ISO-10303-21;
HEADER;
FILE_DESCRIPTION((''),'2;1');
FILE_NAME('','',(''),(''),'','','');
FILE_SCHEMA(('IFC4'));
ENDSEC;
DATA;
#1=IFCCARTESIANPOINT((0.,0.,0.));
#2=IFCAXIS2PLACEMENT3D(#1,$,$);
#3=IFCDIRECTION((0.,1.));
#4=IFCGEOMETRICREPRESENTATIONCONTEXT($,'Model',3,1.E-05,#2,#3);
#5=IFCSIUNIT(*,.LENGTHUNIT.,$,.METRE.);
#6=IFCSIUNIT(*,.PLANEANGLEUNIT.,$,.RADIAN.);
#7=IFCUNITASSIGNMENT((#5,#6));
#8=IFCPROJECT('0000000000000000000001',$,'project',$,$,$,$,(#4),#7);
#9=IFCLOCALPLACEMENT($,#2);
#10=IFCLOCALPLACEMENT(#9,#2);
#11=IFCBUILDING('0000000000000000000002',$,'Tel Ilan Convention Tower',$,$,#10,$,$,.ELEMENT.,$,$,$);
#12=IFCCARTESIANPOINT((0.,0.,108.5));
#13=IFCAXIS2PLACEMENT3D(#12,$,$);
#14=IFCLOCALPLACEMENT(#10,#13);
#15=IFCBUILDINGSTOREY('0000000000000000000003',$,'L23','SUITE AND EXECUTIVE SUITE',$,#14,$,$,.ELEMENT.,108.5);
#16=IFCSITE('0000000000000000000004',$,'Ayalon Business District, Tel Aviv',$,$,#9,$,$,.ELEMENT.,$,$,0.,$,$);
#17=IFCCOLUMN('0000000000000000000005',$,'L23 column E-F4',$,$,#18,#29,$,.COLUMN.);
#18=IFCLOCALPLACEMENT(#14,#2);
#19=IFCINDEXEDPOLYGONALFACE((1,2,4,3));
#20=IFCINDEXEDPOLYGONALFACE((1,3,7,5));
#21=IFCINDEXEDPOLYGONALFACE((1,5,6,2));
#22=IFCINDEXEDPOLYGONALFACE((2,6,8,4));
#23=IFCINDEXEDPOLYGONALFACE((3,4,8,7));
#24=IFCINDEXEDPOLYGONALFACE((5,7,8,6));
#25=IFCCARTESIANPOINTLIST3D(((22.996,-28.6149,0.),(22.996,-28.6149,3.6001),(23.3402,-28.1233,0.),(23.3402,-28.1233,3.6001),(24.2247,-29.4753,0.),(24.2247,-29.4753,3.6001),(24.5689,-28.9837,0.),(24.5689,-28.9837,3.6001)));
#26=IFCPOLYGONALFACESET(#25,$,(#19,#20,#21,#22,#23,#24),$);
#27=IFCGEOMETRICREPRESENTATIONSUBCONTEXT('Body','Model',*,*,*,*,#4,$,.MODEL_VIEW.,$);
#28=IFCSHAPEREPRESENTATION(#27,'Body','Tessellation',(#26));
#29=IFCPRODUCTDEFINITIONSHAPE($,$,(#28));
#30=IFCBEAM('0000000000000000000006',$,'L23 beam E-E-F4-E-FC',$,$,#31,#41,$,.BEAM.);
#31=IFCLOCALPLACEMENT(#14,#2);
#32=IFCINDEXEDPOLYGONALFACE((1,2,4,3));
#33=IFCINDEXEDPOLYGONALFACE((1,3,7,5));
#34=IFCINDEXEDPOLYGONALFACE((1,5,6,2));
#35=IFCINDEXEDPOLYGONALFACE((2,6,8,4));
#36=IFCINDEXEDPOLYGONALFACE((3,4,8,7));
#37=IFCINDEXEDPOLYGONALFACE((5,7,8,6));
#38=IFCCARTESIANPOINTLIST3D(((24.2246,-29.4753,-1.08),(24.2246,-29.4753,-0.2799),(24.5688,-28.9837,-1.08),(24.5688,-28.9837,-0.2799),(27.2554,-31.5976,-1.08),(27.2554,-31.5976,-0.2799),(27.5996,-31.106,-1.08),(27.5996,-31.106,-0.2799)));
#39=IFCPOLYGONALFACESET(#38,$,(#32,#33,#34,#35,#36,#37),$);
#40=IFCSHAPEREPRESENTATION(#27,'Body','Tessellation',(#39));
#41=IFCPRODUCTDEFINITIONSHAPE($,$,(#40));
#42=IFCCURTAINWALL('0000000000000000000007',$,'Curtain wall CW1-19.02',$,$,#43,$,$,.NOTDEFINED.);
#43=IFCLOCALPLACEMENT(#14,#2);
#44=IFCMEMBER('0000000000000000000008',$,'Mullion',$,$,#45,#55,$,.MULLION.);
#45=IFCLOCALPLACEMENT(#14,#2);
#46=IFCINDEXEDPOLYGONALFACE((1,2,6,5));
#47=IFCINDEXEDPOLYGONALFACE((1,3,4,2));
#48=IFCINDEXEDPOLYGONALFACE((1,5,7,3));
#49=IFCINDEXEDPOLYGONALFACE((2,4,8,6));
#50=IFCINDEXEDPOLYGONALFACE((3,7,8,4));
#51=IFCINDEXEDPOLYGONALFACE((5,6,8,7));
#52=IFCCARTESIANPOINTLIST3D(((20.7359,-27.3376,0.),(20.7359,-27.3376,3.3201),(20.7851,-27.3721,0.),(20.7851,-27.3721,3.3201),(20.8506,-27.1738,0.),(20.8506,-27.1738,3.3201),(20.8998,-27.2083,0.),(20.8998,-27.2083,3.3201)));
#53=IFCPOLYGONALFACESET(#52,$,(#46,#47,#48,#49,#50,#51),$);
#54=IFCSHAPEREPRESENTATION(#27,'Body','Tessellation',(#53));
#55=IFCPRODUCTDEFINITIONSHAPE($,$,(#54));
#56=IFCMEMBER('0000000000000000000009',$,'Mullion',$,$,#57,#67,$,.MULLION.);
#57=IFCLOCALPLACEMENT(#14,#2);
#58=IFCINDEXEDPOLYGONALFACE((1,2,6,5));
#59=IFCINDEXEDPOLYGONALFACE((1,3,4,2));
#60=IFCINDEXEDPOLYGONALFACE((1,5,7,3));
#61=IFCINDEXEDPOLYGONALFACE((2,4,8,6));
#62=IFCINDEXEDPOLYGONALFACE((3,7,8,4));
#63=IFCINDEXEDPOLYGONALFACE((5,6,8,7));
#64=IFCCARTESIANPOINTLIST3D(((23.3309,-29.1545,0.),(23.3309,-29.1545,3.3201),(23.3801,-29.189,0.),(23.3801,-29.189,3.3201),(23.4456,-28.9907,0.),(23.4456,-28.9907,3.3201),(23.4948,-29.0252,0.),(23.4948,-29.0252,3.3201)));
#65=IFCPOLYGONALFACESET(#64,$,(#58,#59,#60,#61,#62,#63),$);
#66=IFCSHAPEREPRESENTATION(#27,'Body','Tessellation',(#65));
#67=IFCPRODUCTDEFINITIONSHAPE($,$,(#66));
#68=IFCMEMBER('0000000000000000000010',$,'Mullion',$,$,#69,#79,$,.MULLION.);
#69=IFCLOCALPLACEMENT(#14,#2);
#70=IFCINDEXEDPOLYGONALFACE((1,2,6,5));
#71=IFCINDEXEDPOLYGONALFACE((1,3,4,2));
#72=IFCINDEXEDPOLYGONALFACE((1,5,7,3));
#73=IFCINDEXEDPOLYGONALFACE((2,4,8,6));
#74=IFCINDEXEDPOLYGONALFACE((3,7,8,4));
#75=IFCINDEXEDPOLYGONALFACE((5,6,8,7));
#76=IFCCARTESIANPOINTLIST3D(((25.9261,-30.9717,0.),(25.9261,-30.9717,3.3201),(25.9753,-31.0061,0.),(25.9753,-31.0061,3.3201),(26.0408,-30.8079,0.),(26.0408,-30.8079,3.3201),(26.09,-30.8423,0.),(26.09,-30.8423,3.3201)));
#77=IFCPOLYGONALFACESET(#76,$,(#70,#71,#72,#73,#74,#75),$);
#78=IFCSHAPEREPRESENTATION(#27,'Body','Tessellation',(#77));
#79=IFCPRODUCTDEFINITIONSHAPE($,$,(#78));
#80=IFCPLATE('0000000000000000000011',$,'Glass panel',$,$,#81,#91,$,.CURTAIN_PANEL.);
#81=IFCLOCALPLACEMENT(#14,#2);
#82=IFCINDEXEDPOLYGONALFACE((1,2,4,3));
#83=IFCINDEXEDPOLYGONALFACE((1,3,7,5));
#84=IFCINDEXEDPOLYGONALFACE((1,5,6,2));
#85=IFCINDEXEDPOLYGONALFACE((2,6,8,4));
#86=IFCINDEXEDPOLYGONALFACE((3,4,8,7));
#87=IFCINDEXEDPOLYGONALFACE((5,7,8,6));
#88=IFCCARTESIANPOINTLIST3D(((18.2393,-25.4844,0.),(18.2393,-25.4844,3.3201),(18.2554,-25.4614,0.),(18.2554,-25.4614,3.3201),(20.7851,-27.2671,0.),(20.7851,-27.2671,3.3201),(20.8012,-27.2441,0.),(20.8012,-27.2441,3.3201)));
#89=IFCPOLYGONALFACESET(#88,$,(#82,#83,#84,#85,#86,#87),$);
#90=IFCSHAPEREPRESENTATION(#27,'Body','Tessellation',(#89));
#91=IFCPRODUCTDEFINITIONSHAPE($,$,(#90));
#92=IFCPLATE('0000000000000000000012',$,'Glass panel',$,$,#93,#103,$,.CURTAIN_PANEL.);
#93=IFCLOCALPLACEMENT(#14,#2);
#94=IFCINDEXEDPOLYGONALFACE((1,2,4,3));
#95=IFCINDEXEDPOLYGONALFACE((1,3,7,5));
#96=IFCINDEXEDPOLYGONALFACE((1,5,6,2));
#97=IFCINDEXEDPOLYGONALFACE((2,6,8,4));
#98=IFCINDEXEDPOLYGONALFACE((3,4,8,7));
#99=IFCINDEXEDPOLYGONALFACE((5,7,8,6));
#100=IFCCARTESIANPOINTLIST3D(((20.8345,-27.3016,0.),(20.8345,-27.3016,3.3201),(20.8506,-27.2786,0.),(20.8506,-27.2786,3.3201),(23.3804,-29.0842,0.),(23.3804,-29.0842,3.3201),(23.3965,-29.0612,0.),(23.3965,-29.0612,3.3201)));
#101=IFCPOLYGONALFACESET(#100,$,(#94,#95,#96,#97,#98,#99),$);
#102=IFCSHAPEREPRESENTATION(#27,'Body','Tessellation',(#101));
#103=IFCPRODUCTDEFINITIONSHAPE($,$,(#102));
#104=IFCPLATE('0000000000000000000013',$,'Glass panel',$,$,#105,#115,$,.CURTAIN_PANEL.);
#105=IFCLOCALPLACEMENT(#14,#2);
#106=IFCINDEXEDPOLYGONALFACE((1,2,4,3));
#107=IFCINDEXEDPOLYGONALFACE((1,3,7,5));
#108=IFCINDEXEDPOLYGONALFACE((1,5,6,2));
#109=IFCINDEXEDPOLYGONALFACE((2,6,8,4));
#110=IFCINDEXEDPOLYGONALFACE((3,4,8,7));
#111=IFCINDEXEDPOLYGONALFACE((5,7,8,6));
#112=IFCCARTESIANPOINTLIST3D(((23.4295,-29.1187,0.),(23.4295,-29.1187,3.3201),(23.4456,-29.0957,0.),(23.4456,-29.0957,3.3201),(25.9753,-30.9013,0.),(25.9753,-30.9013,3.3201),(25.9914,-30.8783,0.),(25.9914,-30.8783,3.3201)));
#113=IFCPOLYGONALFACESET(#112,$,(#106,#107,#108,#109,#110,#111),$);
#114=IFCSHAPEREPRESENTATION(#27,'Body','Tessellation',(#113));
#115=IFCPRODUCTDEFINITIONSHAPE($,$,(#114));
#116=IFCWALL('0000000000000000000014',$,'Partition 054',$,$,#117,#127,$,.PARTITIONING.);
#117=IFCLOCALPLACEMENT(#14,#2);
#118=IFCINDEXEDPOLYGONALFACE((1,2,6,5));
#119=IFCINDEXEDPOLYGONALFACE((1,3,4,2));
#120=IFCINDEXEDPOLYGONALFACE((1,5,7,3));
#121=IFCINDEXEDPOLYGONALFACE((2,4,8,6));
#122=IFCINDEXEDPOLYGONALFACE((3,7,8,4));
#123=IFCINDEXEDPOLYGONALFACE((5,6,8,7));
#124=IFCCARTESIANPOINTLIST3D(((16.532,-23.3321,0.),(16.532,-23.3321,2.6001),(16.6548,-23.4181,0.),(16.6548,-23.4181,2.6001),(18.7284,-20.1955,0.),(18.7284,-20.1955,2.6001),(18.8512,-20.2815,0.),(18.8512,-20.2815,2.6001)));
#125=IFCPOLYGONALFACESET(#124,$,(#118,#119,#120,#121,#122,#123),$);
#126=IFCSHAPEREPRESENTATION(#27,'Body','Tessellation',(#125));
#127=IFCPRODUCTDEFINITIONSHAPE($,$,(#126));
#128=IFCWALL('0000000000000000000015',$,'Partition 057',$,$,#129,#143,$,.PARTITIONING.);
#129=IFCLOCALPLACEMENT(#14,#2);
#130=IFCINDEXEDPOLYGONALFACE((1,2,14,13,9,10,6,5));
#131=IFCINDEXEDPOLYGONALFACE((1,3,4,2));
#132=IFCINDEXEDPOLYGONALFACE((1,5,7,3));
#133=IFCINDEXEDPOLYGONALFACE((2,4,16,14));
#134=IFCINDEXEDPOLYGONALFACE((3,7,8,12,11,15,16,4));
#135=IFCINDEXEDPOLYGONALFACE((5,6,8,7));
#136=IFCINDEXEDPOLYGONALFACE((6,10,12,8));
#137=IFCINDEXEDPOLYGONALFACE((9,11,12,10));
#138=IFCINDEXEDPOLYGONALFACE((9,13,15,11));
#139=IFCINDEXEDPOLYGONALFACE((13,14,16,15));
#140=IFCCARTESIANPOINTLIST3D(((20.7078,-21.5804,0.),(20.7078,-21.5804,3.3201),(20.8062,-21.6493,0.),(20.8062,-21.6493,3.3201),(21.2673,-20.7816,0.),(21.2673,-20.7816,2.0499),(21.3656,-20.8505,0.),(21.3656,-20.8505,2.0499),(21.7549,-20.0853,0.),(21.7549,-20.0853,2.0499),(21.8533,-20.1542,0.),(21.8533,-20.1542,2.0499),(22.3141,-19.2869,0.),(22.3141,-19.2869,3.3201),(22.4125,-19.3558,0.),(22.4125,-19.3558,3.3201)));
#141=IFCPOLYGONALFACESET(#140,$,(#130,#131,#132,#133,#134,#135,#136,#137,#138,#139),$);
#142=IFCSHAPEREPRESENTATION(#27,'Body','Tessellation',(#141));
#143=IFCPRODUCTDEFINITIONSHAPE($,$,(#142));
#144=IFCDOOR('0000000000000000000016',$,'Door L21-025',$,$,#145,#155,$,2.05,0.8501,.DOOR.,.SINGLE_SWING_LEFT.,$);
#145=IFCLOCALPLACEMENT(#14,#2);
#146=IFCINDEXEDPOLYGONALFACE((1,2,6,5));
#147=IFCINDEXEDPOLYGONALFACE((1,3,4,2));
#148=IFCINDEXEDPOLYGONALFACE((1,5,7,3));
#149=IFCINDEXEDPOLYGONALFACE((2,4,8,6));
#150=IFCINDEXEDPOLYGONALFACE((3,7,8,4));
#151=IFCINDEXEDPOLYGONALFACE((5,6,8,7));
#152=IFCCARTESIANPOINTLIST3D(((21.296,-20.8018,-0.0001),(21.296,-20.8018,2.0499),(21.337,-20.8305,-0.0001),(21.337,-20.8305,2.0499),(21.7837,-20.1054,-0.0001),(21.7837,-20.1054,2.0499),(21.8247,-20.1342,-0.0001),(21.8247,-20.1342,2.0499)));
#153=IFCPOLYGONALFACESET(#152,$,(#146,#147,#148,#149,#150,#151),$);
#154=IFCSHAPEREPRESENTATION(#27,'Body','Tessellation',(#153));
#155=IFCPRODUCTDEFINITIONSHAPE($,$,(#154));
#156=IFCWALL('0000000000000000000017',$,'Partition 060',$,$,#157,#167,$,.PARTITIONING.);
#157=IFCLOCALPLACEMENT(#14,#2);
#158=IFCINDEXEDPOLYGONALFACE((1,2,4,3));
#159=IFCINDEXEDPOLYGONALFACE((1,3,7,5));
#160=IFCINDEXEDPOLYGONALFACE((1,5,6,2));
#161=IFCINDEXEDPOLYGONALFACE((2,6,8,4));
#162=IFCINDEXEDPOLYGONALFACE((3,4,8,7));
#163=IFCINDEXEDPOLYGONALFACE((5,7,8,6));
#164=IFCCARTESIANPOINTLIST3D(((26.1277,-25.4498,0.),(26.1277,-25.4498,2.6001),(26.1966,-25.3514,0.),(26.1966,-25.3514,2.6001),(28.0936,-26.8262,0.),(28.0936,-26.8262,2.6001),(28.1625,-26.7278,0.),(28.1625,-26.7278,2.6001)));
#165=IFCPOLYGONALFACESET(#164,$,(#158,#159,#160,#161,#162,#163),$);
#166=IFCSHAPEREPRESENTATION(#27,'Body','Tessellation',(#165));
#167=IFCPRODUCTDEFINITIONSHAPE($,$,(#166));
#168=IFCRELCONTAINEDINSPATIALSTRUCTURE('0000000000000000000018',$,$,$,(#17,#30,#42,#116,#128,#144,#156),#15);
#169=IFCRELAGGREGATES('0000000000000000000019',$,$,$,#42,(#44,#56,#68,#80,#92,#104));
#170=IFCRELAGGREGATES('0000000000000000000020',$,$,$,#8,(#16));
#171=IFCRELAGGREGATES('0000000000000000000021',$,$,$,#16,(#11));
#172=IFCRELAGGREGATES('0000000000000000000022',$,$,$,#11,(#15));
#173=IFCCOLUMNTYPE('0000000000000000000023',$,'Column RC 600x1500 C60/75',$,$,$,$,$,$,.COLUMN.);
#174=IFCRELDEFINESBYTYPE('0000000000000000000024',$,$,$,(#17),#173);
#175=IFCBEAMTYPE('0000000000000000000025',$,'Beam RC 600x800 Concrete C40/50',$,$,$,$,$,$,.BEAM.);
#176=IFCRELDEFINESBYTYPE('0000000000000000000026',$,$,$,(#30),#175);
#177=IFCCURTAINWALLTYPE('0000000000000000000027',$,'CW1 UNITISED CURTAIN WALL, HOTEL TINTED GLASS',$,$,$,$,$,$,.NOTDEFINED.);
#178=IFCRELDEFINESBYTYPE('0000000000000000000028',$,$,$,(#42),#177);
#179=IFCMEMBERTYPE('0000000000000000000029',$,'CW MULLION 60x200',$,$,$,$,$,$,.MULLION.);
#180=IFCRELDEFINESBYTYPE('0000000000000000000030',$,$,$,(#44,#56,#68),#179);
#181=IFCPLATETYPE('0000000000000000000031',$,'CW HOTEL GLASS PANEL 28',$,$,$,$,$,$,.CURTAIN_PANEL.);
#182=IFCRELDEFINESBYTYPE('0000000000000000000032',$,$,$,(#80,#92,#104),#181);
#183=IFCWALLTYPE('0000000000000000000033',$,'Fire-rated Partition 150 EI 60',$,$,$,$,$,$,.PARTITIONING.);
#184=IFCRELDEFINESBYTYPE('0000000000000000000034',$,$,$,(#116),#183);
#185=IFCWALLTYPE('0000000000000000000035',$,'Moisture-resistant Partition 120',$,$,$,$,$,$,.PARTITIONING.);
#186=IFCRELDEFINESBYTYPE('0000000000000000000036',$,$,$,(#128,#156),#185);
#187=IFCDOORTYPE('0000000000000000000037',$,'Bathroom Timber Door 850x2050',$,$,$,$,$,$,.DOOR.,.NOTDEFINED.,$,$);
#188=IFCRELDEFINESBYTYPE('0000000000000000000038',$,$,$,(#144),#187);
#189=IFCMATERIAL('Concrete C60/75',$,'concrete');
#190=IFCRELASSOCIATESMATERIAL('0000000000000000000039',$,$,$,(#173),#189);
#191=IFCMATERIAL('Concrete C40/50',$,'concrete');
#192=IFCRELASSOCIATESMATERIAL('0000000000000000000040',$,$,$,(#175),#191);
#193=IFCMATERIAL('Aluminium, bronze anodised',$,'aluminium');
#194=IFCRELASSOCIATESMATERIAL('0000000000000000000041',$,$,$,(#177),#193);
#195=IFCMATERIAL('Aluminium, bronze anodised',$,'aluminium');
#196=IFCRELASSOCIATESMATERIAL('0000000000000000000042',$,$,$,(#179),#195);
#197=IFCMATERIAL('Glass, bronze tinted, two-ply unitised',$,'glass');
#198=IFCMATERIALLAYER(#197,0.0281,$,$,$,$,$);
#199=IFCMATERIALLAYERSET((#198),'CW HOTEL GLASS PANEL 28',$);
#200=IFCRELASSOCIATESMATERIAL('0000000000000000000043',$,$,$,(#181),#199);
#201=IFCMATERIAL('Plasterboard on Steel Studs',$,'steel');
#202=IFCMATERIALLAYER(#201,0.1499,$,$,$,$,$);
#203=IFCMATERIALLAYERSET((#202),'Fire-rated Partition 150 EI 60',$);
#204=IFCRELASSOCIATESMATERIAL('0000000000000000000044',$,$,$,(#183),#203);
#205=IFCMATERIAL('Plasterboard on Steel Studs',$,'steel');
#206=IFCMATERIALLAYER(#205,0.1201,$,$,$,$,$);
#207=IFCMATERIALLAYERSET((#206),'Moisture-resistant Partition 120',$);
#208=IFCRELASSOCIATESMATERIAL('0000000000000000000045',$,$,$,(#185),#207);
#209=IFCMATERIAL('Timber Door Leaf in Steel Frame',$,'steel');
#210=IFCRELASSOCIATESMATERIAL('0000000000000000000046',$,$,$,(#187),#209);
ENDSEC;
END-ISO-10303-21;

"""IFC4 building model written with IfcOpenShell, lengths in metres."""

from ifc_helpers import new_model, si_unit, direction, frame, frame_2d, origin, origin_2d, place, context, subcontext, project, spatial, rectangle, extrude, material, layer, layer_set, material_profile, profile_set, type_object, element, fill, aggregate, save


model = new_model("IFC4")

# Units and contexts
model_context = context("Model", 3, precision=1e-05, world=origin(), true_north=direction((0.0, 1.0)))
body_context = subcontext(model_context, "Body", "Model", "MODEL_VIEW")
ifc_project = project(units=[si_unit("LENGTHUNIT", "METRE"), si_unit("PLANEANGLEUNIT", "RADIAN")], contexts=[model_context])

# Site, building, storey
site_placement = place(None, origin())
site = spatial("IfcSite", under=ifc_project, at=site_placement, Name="Ayalon Business District, Tel Aviv", CompositionType="ELEMENT", RefElevation=0.0)
building_placement = place(site_placement, origin())
building = spatial("IfcBuilding", under=site, at=building_placement, Name="Tel Ilan Convention Tower", CompositionType="ELEMENT")
storey_placement = place(building_placement, frame((0.0, 0.0, 108.5)))
storey = spatial("IfcBuildingStorey", under=building, at=storey_placement, Name="L23", Description="SUITE AND EXECUTIVE SUITE", CompositionType="ELEMENT", Elevation=108.5)

# Column
ifc_material_1 = material(Name="Concrete C60/75", Category="concrete")
ifc_material_profile_1 = material_profile(ifc_material_1, rectangle(XDim=1.5, YDim=0.6001, at=origin_2d()), Name="RC 600x1500")
ifc_profile_set_1 = profile_set([ifc_material_profile_1], Name="Concrete C60/75")
column_type = type_object("IfcColumnType", Name="Column RC 600x1500 C60/75", PredefinedType="COLUMN", material=ifc_profile_set_1)
column_placement = place(storey_placement, frame((23.7825, -28.7993, 0.0), z_axis=(0.0, 0.0, 1.0), x_axis=(0.819152, -0.573576, 0.0)))
element("IfcColumn", 1, at=column_placement, inside=storey, type_object=column_type, Name="L23 column E-F4", PredefinedType="COLUMN", context=body_context, shape_type="SweptSolid", body=[
    extrude(rectangle(XDim=1.5, YDim=0.6001, at=origin_2d()), origin(), (0.0, 0.0, 1.0), 3.6001),
])

# Beam
ifc_material_2 = material(Name="Concrete C40/50", Category="concrete")
ifc_material_profile_2 = material_profile(ifc_material_2, rectangle(XDim=0.6001, YDim=0.8, at=origin_2d()), Name="RC 600x800")
ifc_profile_set_2 = profile_set([ifc_material_profile_2], Name="Concrete C40/50")
beam_type = type_object("IfcBeamType", Name="Beam RC 600x800 Concrete C40/50", PredefinedType="BEAM", material=ifc_profile_set_2)
beam_placement = place(storey_placement, frame((24.3967, -29.2295, -0.6799), z_axis=(0.819133, -0.573604, 0.0), x_axis=(0.573604, 0.819133, 0.0)))
element("IfcBeam", 2, at=beam_placement, inside=storey, type_object=beam_type, Name="L23 beam E-E-F4-E-FC", PredefinedType="BEAM", context=body_context, shape_type="SweptSolid", body=[
    extrude(rectangle(XDim=0.6001, YDim=0.8, at=origin_2d()), origin(), (0.0, 0.0, 1.0), 3.7),
])

# Curtain wall, members, plates
ifc_material_3 = material(Name="Aluminium, bronze anodised", Category="aluminium")
curtain_wall_type = type_object("IfcCurtainWallType", Name="CW1 UNITISED CURTAIN WALL, HOTEL TINTED GLASS", PredefinedType="NOTDEFINED", material=ifc_material_3)
curtain_wall_placement = place(storey_placement, origin())
curtain_wall = element("IfcCurtainWall", 3, at=curtain_wall_placement, inside=storey, type_object=curtain_wall_type, Name="Curtain wall CW1-19.02", PredefinedType="NOTDEFINED")
ifc_material_4 = material(Name="Aluminium, bronze anodised", Category="aluminium")
ifc_material_profile_3 = material_profile(ifc_material_4, rectangle(XDim=0.0601, YDim=0.2, at=origin_2d()), Name="CW MULLION 60x200")
ifc_profile_set_3 = profile_set([ifc_material_profile_3], Name="Aluminium, bronze anodised")
member_type = type_object("IfcMemberType", Name="CW MULLION 60x200", PredefinedType="MULLION", material=ifc_profile_set_3)
member_1_placement = place(storey_placement, frame((20.8179, -27.2729, 0.0), z_axis=(0.0, 0.0, 1.0), x_axis=(0.819152, -0.573576, 0.0)))
member_1 = element("IfcMember", 4, at=member_1_placement, type_object=member_type, Name="Mullion", PredefinedType="MULLION", context=body_context, shape_type="SweptSolid", body=[
    extrude(rectangle(XDim=0.0601, YDim=0.2, at=origin_2d()), origin(), (0.0, 0.0, 1.0), 3.3201),
])
member_2_placement = place(storey_placement, frame((23.4128, -29.0898, 0.0), z_axis=(0.0, 0.0, 1.0), x_axis=(0.819152, -0.573576, 0.0)))
member_2 = element("IfcMember", 5, at=member_2_placement, type_object=member_type, Name="Mullion", PredefinedType="MULLION", context=body_context, shape_type="SweptSolid", body=[
    extrude(rectangle(XDim=0.0601, YDim=0.2, at=origin_2d()), origin(), (0.0, 0.0, 1.0), 3.3201),
])
member_3_placement = place(storey_placement, frame((26.0081, -30.907, 0.0), z_axis=(0.0, 0.0, 1.0), x_axis=(0.819152, -0.573576, 0.0)))
member_3 = element("IfcMember", 6, at=member_3_placement, type_object=member_type, Name="Mullion", PredefinedType="MULLION", context=body_context, shape_type="SweptSolid", body=[
    extrude(rectangle(XDim=0.0601, YDim=0.2, at=origin_2d()), origin(), (0.0, 0.0, 1.0), 3.3201),
])
ifc_material_5 = material(Name="Glass, bronze tinted, two-ply unitised", Category="glass")
ifc_layer_1 = layer(ifc_material_5, 0.0281)
ifc_layer_set_1 = layer_set([ifc_layer_1], Name="CW HOTEL GLASS PANEL 28")
plate_type = type_object("IfcPlateType", Name="CW HOTEL GLASS PANEL 28", PredefinedType="CURTAIN_PANEL", material=ifc_layer_set_1)
plate_1_placement = place(storey_placement, frame((19.5203, -26.3643, 0.0), z_axis=(0.0, 0.0, 1.0), x_axis=(0.819152, -0.573576, 0.0)))
plate_1 = element("IfcPlate", 7, at=plate_1_placement, type_object=plate_type, Name="Glass panel", PredefinedType="CURTAIN_PANEL", context=body_context, shape_type="SweptSolid", body=[
    extrude(rectangle(XDim=3.1079, YDim=0.0281, at=origin_2d()), origin(), (0.0, 0.0, 1.0), 3.3201),
])
plate_2_placement = place(storey_placement, frame((22.1155, -28.1814, 0.0), z_axis=(0.0, 0.0, 1.0), x_axis=(0.819152, -0.573576, 0.0)))
plate_2 = element("IfcPlate", 8, at=plate_2_placement, type_object=plate_type, Name="Glass panel", PredefinedType="CURTAIN_PANEL", context=body_context, shape_type="SweptSolid", body=[
    extrude(rectangle(XDim=3.1079, YDim=0.0281, at=origin_2d()), origin(), (0.0, 0.0, 1.0), 3.3201),
])
plate_3_placement = place(storey_placement, frame((24.7104, -29.9985, 0.0), z_axis=(0.0, 0.0, 1.0), x_axis=(0.819152, -0.573576, 0.0)))
plate_3 = element("IfcPlate", 9, at=plate_3_placement, type_object=plate_type, Name="Glass panel", PredefinedType="CURTAIN_PANEL", context=body_context, shape_type="SweptSolid", body=[
    extrude(rectangle(XDim=3.1079, YDim=0.0281, at=origin_2d()), origin(), (0.0, 0.0, 1.0), 3.3201),
])
aggregate(curtain_wall, [member_1, member_2, member_3, plate_1, plate_2, plate_3])

# Wall
ifc_material_6 = material(Name="Plasterboard on Steel Studs", Category="steel")
ifc_layer_2 = layer(ifc_material_6, 0.1499)
ifc_layer_set_2 = layer_set([ifc_layer_2], Name="Fire-rated Partition 150 EI 60")
wall_type_1 = type_object("IfcWallType", Name="Fire-rated Partition 150 EI 60", PredefinedType="PARTITIONING", material=ifc_layer_set_2)
wall_1_placement = place(storey_placement, frame((18.7898, -20.2385, 0.0), z_axis=(0.0, 0.0, 1.0), x_axis=(-0.573595, -0.819139, 0.0)))
element("IfcWall", 10, at=wall_1_placement, inside=storey, type_object=wall_type_1, Name="Partition 054", PredefinedType="PARTITIONING", context=body_context, shape_type="SweptSolid", body=[
    extrude(rectangle(XDim=3.8291, YDim=0.1499, at=frame_2d((1.9146, 0.0))), origin(), (0.0, 0.0, 1.0), 2.6001),
])

# Wall, opening, door
ifc_material_7 = material(Name="Plasterboard on Steel Studs", Category="steel")
ifc_layer_3 = layer(ifc_material_7, 0.1201)
ifc_layer_set_3 = layer_set([ifc_layer_3], Name="Moisture-resistant Partition 120")
wall_type_2 = type_object("IfcWallType", Name="Moisture-resistant Partition 120", PredefinedType="PARTITIONING", material=ifc_layer_set_3)
wall_2_placement = place(storey_placement, frame((20.7571, -21.6147, 0.0), z_axis=(0.0, 0.0, 1.0), x_axis=(0.57365, 0.819101, 0.0)))
wall_2 = element("IfcWall", 11, at=wall_2_placement, inside=storey, type_object=wall_type_2, Name="Partition 057", PredefinedType="PARTITIONING", context=body_context, shape_type="SweptSolid", body=[
    extrude(rectangle(XDim=2.8, YDim=0.1201, at=frame_2d((1.3999, 0.0))), origin(), (0.0, 0.0, 1.0), 3.3201),
])
opening_placement = place(wall_2_placement, frame((0.9751, 0.0, 0.0)))
opening = element("IfcOpeningElement", 12, at=opening_placement, cuts=wall_2, PredefinedType="OPENING", context=body_context, shape_type="SweptSolid", body=[
    extrude(rectangle(XDim=0.8501, YDim=2.05, at=frame_2d((0.425, 1.0249))), frame((0.0, 0.0701, 0.0), z_axis=(0.0, -1.0, 0.0), x_axis=(1.0, 0.0, 0.0)), (0.0, 0.0, 1.0), 0.1401),
])
ifc_material_8 = material(Name="Timber Door Leaf in Steel Frame", Category="steel")
door_type = type_object("IfcDoorType", Name="Bathroom Timber Door 850x2050", OperationType="NOTDEFINED", PredefinedType="DOOR", material=ifc_material_8)
door_placement = place(opening_placement, origin())
door = element("IfcDoor", 13, at=door_placement, inside=storey, type_object=door_type, Name="Door L21-025", OperationType="SINGLE_SWING_LEFT", OverallHeight=2.05, OverallWidth=0.8501, PredefinedType="DOOR", context=body_context, shape_type="SweptSolid", body=[
    extrude(rectangle(XDim=0.8501, YDim=2.05, at=frame_2d((0.425, 1.0249))), frame((0.0, 0.0249, 0.0), z_axis=(0.0, -1.0, 0.0), x_axis=(1.0, 0.0, 0.0)), (0.0, 0.0, 1.0), 0.05),
])
fill(opening, door)

# Wall
wall_3_placement = place(storey_placement, frame((26.1621, -25.4006, 0.0), z_axis=(0.0, 0.0, 1.0), x_axis=(0.819189, -0.573524, 0.0)))
element("IfcWall", 14, at=wall_3_placement, inside=storey, type_object=wall_type_2, Name="Partition 060", PredefinedType="PARTITIONING", context=body_context, shape_type="SweptSolid", body=[
    extrude(rectangle(XDim=2.3999, YDim=0.1201, at=frame_2d((1.2, 0.0))), origin(), (0.0, 0.0, 1.0), 2.6001),
])

save(model, "model.ifc")
